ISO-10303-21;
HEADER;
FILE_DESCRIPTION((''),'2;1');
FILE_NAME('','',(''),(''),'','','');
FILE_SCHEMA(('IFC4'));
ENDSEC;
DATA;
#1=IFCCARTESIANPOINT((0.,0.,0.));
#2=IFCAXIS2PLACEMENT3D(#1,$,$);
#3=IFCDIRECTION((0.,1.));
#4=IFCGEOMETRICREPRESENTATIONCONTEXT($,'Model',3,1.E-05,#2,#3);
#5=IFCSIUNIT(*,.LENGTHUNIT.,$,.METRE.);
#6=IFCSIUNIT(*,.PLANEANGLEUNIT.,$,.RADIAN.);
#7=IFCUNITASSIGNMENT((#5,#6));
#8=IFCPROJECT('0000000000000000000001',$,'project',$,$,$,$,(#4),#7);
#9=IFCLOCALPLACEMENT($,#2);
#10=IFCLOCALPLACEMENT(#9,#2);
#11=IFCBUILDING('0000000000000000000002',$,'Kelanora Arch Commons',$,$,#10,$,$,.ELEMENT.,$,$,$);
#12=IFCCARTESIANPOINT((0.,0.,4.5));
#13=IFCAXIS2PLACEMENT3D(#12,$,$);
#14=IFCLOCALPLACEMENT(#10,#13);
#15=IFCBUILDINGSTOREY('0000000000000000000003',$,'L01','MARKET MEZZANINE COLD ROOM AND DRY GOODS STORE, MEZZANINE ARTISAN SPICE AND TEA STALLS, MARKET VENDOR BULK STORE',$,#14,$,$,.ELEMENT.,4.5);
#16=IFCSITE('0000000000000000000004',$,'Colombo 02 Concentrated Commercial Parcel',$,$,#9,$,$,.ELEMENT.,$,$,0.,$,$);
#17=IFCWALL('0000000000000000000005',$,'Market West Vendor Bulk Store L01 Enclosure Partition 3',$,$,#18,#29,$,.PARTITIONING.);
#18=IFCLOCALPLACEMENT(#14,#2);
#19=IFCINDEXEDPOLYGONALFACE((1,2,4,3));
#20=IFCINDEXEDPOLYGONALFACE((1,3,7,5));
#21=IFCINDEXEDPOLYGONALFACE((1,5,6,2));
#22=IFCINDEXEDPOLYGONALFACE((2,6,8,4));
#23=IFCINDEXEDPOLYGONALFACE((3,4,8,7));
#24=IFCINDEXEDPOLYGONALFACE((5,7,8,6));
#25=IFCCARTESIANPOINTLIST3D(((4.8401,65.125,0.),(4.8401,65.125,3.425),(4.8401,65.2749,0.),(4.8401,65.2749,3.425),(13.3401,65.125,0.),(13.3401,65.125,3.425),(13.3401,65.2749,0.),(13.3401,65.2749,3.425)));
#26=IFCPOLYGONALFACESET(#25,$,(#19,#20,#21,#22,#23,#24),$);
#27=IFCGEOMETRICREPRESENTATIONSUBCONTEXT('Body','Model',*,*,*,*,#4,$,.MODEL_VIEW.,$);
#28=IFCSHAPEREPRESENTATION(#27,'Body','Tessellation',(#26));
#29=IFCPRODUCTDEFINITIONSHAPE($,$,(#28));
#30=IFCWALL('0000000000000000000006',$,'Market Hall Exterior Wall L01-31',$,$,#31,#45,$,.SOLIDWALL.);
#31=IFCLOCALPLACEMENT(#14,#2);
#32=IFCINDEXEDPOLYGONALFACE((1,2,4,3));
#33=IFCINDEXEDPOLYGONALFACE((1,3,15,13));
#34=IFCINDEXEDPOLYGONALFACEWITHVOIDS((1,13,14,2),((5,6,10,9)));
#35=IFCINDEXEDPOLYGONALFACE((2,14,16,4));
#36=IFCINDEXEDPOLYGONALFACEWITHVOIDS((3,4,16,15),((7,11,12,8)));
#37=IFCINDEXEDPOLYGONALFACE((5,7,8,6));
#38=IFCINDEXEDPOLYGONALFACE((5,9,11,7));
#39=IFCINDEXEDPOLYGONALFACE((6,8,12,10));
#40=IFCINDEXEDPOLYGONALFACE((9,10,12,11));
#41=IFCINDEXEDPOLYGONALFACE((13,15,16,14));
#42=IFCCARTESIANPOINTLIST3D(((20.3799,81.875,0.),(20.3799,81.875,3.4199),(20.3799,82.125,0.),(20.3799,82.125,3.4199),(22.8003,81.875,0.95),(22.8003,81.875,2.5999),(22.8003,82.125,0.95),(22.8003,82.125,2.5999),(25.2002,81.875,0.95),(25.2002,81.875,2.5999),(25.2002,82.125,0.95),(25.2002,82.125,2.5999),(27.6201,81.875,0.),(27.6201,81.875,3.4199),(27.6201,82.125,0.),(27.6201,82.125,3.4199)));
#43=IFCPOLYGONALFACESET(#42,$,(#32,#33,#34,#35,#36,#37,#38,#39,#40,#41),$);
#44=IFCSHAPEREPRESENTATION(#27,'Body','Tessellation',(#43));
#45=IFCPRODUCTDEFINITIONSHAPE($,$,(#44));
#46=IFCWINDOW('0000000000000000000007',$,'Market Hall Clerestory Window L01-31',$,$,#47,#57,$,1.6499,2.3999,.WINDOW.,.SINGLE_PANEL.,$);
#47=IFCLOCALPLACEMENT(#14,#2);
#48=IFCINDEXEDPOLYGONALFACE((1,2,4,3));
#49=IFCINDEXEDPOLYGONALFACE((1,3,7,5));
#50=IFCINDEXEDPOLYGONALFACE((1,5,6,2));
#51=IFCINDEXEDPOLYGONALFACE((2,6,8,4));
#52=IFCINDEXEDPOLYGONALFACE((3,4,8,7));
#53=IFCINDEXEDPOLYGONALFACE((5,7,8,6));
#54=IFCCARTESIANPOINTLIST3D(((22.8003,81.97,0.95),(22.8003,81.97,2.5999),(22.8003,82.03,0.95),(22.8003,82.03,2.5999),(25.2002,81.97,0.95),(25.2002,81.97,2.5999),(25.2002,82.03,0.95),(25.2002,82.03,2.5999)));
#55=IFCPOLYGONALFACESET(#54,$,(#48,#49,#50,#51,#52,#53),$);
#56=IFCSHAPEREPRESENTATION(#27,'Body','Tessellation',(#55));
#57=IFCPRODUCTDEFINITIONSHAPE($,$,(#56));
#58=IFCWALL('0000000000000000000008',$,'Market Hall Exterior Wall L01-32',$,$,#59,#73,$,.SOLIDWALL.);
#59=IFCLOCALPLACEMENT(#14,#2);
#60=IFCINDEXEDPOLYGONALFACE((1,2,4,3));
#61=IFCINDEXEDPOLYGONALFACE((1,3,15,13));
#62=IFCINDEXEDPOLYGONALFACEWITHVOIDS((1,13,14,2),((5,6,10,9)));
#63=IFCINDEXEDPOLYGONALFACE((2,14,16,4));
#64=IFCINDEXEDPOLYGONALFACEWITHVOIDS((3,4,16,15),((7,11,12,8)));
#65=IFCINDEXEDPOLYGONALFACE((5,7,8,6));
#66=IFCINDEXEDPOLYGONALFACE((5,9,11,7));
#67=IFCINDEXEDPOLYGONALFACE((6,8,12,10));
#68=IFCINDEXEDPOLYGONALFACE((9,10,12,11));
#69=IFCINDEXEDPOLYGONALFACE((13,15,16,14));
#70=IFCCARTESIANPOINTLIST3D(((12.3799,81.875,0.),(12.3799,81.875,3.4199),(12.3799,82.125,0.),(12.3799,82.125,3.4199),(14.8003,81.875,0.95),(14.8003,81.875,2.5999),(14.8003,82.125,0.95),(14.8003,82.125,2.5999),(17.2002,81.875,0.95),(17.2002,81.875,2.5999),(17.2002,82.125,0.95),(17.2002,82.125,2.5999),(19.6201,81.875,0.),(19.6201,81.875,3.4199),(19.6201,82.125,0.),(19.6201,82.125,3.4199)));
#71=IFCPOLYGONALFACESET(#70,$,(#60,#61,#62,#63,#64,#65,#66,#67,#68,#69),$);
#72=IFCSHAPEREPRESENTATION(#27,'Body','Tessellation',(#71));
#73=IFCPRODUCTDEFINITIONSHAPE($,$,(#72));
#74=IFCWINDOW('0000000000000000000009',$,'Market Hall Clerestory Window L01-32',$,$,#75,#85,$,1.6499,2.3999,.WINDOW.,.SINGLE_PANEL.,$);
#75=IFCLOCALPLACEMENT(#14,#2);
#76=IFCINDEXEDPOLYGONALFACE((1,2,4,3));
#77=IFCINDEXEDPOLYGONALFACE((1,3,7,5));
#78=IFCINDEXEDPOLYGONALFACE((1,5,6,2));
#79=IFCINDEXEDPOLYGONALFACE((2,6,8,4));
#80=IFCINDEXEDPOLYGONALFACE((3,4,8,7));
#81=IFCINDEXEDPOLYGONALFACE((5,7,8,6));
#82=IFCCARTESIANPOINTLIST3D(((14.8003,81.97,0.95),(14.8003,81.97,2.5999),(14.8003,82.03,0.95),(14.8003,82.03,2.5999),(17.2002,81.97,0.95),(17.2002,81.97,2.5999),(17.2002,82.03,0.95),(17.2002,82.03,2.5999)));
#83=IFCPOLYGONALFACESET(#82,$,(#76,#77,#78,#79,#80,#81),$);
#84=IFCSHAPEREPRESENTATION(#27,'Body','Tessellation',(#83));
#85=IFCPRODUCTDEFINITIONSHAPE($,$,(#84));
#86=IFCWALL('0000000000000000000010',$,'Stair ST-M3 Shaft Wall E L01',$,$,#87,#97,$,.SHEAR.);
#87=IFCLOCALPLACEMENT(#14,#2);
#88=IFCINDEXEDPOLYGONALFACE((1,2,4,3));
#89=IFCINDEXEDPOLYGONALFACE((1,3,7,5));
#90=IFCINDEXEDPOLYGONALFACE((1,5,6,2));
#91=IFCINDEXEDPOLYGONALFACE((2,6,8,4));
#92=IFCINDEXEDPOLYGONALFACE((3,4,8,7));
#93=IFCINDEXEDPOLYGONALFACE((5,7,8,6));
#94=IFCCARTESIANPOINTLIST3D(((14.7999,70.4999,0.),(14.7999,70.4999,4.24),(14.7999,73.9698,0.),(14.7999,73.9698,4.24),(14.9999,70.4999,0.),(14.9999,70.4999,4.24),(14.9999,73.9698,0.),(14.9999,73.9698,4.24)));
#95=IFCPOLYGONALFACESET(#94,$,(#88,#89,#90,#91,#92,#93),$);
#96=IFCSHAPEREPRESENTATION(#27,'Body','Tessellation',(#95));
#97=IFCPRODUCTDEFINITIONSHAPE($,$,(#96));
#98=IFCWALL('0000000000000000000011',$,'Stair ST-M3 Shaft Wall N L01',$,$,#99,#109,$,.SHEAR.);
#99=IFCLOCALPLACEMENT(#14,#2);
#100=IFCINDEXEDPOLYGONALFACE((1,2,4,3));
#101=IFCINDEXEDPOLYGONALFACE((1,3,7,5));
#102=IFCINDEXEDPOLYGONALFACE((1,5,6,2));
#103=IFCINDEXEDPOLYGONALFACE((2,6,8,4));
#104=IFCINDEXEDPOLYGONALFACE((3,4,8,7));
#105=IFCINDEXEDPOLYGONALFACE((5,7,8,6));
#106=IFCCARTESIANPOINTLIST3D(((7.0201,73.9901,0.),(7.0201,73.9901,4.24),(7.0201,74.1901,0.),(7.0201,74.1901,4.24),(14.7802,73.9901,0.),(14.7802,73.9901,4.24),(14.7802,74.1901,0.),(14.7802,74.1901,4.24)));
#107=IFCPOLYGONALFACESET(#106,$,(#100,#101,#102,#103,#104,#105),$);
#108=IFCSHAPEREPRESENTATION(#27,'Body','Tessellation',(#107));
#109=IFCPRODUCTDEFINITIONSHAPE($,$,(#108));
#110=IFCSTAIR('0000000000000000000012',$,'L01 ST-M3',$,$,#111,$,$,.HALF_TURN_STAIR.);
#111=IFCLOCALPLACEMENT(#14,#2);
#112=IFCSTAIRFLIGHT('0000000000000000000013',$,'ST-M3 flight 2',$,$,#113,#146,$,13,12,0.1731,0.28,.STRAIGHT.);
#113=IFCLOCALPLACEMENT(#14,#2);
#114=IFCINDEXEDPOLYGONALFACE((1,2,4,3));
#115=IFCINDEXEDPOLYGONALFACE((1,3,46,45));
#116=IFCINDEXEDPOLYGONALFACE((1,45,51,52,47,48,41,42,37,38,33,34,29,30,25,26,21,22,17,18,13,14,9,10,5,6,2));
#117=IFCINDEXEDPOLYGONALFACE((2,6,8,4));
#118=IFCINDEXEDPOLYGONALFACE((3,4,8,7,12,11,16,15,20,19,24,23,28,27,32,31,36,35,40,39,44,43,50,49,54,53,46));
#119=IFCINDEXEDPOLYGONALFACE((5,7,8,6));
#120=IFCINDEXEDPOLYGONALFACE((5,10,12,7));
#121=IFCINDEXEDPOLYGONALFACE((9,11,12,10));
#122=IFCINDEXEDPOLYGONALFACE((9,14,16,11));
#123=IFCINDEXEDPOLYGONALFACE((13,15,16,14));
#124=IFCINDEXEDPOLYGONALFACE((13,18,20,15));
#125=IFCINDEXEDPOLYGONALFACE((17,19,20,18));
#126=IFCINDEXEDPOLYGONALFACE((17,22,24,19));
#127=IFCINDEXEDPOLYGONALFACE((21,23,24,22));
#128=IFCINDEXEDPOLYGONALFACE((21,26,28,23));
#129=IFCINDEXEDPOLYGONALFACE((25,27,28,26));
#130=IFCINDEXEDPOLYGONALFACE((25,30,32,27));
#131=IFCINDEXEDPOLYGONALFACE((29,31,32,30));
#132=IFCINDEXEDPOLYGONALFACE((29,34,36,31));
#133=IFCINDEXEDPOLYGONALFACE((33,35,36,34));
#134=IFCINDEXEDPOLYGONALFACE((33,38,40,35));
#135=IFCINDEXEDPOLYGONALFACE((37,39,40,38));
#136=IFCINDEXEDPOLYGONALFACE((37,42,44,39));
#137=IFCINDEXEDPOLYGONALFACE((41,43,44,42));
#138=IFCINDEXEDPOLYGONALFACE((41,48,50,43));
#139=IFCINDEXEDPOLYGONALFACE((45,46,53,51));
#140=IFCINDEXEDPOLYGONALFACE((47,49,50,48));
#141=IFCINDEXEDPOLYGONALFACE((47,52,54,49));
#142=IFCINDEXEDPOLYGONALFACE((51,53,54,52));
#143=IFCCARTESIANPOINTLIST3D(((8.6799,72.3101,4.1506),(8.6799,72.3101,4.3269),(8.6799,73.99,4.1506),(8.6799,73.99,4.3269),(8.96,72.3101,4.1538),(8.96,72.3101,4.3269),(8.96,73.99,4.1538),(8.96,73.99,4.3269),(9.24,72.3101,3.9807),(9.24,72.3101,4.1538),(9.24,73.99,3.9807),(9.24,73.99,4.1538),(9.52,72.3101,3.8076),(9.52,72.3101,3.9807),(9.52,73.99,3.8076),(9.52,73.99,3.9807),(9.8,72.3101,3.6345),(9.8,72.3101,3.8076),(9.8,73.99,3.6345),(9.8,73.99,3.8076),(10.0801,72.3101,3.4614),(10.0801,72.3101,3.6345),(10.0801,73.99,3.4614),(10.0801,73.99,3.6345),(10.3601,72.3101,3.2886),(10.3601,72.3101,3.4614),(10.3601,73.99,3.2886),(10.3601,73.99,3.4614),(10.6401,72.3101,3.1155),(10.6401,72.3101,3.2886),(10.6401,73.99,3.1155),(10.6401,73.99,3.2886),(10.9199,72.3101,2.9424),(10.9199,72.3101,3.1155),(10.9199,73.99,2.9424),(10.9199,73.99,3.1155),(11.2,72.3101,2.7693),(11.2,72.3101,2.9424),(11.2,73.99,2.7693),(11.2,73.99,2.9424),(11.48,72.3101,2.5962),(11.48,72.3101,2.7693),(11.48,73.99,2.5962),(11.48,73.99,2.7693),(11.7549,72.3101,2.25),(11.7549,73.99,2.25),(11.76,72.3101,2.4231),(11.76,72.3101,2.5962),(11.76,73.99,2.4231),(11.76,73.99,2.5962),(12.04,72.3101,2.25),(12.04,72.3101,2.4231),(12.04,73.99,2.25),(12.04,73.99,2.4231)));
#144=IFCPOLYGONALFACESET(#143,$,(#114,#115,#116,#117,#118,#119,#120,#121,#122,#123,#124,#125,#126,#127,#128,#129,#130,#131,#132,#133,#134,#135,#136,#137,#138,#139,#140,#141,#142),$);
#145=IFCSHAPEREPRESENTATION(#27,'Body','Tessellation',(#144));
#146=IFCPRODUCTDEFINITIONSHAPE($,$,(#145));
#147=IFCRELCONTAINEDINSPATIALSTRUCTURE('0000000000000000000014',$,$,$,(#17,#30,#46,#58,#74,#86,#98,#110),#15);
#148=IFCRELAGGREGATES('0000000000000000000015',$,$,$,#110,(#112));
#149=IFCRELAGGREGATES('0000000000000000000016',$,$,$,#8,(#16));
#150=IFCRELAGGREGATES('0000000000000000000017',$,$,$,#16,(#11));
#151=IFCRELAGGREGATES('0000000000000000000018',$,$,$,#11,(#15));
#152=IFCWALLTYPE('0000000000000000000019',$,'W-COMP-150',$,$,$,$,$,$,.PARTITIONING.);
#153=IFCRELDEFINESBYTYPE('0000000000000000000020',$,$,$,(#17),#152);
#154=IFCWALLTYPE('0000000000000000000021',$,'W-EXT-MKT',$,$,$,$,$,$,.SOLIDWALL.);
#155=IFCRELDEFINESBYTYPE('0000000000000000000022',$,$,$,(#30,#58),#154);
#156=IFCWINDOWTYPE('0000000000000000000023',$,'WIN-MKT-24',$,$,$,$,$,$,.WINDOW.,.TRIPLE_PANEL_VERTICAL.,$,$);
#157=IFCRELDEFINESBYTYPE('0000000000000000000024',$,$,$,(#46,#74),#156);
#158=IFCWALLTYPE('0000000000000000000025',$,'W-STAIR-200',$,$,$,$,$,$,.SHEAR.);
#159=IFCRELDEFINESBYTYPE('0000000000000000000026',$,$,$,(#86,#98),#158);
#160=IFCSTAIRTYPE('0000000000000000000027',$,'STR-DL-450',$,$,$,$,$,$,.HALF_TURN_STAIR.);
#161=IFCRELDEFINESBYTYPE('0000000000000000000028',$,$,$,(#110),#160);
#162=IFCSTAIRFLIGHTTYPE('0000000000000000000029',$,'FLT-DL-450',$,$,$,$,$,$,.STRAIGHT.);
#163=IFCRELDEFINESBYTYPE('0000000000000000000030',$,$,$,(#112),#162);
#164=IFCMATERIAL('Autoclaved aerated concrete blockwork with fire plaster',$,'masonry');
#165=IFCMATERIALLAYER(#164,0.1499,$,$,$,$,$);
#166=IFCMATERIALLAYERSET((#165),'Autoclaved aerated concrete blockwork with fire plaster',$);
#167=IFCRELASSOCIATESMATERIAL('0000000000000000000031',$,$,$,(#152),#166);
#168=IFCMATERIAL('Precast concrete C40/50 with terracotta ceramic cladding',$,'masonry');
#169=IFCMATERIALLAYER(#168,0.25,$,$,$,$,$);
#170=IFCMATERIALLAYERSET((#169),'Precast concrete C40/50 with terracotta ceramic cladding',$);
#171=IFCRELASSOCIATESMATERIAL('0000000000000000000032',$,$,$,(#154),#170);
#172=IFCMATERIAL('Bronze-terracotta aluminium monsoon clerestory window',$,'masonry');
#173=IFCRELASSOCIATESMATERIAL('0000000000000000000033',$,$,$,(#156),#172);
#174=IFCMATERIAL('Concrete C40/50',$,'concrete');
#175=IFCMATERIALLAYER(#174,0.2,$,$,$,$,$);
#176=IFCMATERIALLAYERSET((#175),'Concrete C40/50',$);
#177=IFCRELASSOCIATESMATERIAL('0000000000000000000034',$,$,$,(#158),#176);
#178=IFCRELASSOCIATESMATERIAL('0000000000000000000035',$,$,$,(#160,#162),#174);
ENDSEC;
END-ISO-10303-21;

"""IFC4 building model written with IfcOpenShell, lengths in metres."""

from ifc_helpers import new_model, si_unit, direction, frame, frame_2d, origin, place, context, subcontext, project, spatial, polyline, rectangle, outline, extrude, material, layer, layer_set, type_object, element, fill, aggregate, save


model = new_model("IFC4")

# Units and contexts
model_context = context("Model", 3, precision=1e-05, world=origin(), true_north=direction((0.0, 1.0)))
body_context = subcontext(model_context, "Body", "Model", "MODEL_VIEW")
ifc_project = project(units=[si_unit("LENGTHUNIT", "METRE"), si_unit("PLANEANGLEUNIT", "RADIAN")], contexts=[model_context])

# Site, building, storey
site_placement = place(None, origin())
site = spatial("IfcSite", under=ifc_project, at=site_placement, Name="Colombo 02 Concentrated Commercial Parcel", CompositionType="ELEMENT", RefElevation=0.0)
building_placement = place(site_placement, origin())
building = spatial("IfcBuilding", under=site, at=building_placement, Name="Kelanora Arch Commons", CompositionType="ELEMENT")
storey_placement = place(building_placement, frame((0.0, 0.0, 4.5)))
storey = spatial("IfcBuildingStorey", under=building, at=storey_placement, Name="L01", Description="MARKET MEZZANINE COLD ROOM AND DRY GOODS STORE, MEZZANINE ARTISAN SPICE AND TEA STALLS, MARKET VENDOR BULK STORE", CompositionType="ELEMENT", Elevation=4.5)

# Shared definitions
ifc_material_1 = material(Name="Concrete C40/50", Category="concrete")

# Wall
ifc_material_2 = material(Name="Autoclaved aerated concrete blockwork with fire plaster", Category="masonry")
ifc_layer_1 = layer(ifc_material_2, 0.1499)
ifc_layer_set_1 = layer_set([ifc_layer_1], Name="Autoclaved aerated concrete blockwork with fire plaster")
wall_type_1 = type_object("IfcWallType", Name="W-COMP-150", PredefinedType="PARTITIONING", material=ifc_layer_set_1)
wall_1_placement = place(storey_placement, frame((13.3401, 65.2, 0.0), z_axis=(0.0, 0.0, 1.0), x_axis=(-1.0, 0.0, 0.0)))
element("IfcWall", 1, at=wall_1_placement, inside=storey, type_object=wall_type_1, Name="Market West Vendor Bulk Store L01 Enclosure Partition 3", PredefinedType="PARTITIONING", context=body_context, shape_type="SweptSolid", body=[
    extrude(rectangle(XDim=8.5, YDim=0.1499, at=frame_2d((4.25, 0.0))), origin(), (0.0, 0.0, 1.0), 3.425),
])

# Walls, openings, windows
ifc_material_3 = material(Name="Precast concrete C40/50 with terracotta ceramic cladding", Category="masonry")
ifc_layer_2 = layer(ifc_material_3, 0.25)
ifc_layer_set_2 = layer_set([ifc_layer_2], Name="Precast concrete C40/50 with terracotta ceramic cladding")
wall_type_2 = type_object("IfcWallType", Name="W-EXT-MKT", PredefinedType="SOLIDWALL", material=ifc_layer_set_2)
wall_2_placement = place(storey_placement, frame((27.6201, 82.0, 0.0), z_axis=(0.0, 0.0, 1.0), x_axis=(-1.0, 0.0, 0.0)))
wall_2 = element("IfcWall", 2, at=wall_2_placement, inside=storey, type_object=wall_type_2, Name="Market Hall Exterior Wall L01-31", PredefinedType="SOLIDWALL", context=body_context, shape_type="SweptSolid", body=[
    extrude(rectangle(XDim=7.2402, YDim=0.25, at=frame_2d((3.6201, 0.0))), origin(), (0.0, 0.0, 1.0), 3.4199),
])
opening_1_placement = place(wall_2_placement, frame((2.4199, 0.0, 0.95)))
opening_1 = element("IfcOpeningElement", 3, at=opening_1_placement, cuts=wall_2, PredefinedType="OPENING", context=body_context, shape_type="SweptSolid", body=[
    extrude(rectangle(XDim=2.3999, YDim=1.6499, at=frame_2d((1.2, 0.825))), frame((0.0, 0.135, 0.0), z_axis=(0.0, -1.0, 0.0), x_axis=(1.0, 0.0, 0.0)), (0.0, 0.0, 1.0), 0.27),
])
ifc_material_4 = material(Name="Bronze-terracotta aluminium monsoon clerestory window", Category="masonry")
window_type = type_object("IfcWindowType", Name="WIN-MKT-24", PartitioningType="TRIPLE_PANEL_VERTICAL", PredefinedType="WINDOW", material=ifc_material_4)
window_1_placement = place(opening_1_placement, origin())
window_1 = element("IfcWindow", 4, at=window_1_placement, inside=storey, type_object=window_type, Name="Market Hall Clerestory Window L01-31", OverallHeight=1.6499, OverallWidth=2.3999, PartitioningType="SINGLE_PANEL", PredefinedType="WINDOW", context=body_context, shape_type="SweptSolid", body=[
    extrude(rectangle(XDim=2.3999, YDim=1.6499, at=frame_2d((1.2, 0.825))), frame((0.0, 0.03, 0.0), z_axis=(0.0, -1.0, 0.0), x_axis=(1.0, 0.0, 0.0)), (0.0, 0.0, 1.0), 0.0601),
])
fill(opening_1, window_1)
wall_3_placement = place(storey_placement, frame((19.6201, 82.0, 0.0), z_axis=(0.0, 0.0, 1.0), x_axis=(-1.0, 0.0, 0.0)))
wall_3 = element("IfcWall", 5, at=wall_3_placement, inside=storey, type_object=wall_type_2, Name="Market Hall Exterior Wall L01-32", PredefinedType="SOLIDWALL", context=body_context, shape_type="SweptSolid", body=[
    extrude(rectangle(XDim=7.2402, YDim=0.25, at=frame_2d((3.6201, 0.0))), origin(), (0.0, 0.0, 1.0), 3.4199),
])
opening_2_placement = place(wall_3_placement, frame((2.4199, 0.0, 0.95)))
opening_2 = element("IfcOpeningElement", 6, at=opening_2_placement, cuts=wall_3, PredefinedType="OPENING", context=body_context, shape_type="SweptSolid", body=[
    extrude(rectangle(XDim=2.3999, YDim=1.6499, at=frame_2d((1.2, 0.825))), frame((0.0, 0.135, 0.0), z_axis=(0.0, -1.0, 0.0), x_axis=(1.0, 0.0, 0.0)), (0.0, 0.0, 1.0), 0.27),
])
window_2_placement = place(opening_2_placement, origin())
window_2 = element("IfcWindow", 7, at=window_2_placement, inside=storey, type_object=window_type, Name="Market Hall Clerestory Window L01-32", OverallHeight=1.6499, OverallWidth=2.3999, PartitioningType="SINGLE_PANEL", PredefinedType="WINDOW", context=body_context, shape_type="SweptSolid", body=[
    extrude(rectangle(XDim=2.3999, YDim=1.6499, at=frame_2d((1.2, 0.825))), frame((0.0, 0.03, 0.0), z_axis=(0.0, -1.0, 0.0), x_axis=(1.0, 0.0, 0.0)), (0.0, 0.0, 1.0), 0.0601),
])
fill(opening_2, window_2)

# Walls
ifc_layer_3 = layer(ifc_material_1, 0.2)
ifc_layer_set_3 = layer_set([ifc_layer_3], Name="Concrete C40/50")
wall_type_3 = type_object("IfcWallType", Name="W-STAIR-200", PredefinedType="SHEAR", material=ifc_layer_set_3)
wall_4_placement = place(storey_placement, frame((14.8999, 70.5, 0.0), z_axis=(0.0, 0.0, 1.0), x_axis=(0.0, 1.0, 0.0)))
element("IfcWall", 8, at=wall_4_placement, inside=storey, type_object=wall_type_3, Name="Stair ST-M3 Shaft Wall E L01", PredefinedType="SHEAR", context=body_context, shape_type="SweptSolid", body=[
    extrude(rectangle(XDim=3.47, YDim=0.2, at=frame_2d((1.7349, 0.0))), origin(), (0.0, 0.0, 1.0), 4.24),
])
wall_5_placement = place(storey_placement, frame((14.78, 74.0901, 0.0), z_axis=(0.0, 0.0, 1.0), x_axis=(-1.0, 0.0, 0.0)))
element("IfcWall", 9, at=wall_5_placement, inside=storey, type_object=wall_type_3, Name="Stair ST-M3 Shaft Wall N L01", PredefinedType="SHEAR", context=body_context, shape_type="SweptSolid", body=[
    extrude(rectangle(XDim=7.76, YDim=0.2, at=frame_2d((3.8799, 0.0))), origin(), (0.0, 0.0, 1.0), 4.24),
])

# Stair, stair flight
stair_type = type_object("IfcStairType", Name="STR-DL-450", PredefinedType="HALF_TURN_STAIR", material=ifc_material_1)
stair_placement = place(storey_placement, origin())
stair = element("IfcStair", 10, at=stair_placement, inside=storey, type_object=stair_type, Name="L01 ST-M3", PredefinedType="HALF_TURN_STAIR")
stair_flight_type = type_object("IfcStairFlightType", Name="FLT-DL-450", PredefinedType="STRAIGHT", material=ifc_material_1)
stair_flight_placement = place(storey_placement, frame((12.04, 73.1499, 2.25), z_axis=(0.0, 0.0, 1.0), x_axis=(-1.0, 0.0, 0.0)))
stair_flight = element("IfcStairFlight", 11, at=stair_flight_placement, type_object=stair_flight_type, Name="ST-M3 flight 2", NumberOfRisers=13, NumberOfTreads=12, PredefinedType="STRAIGHT", RiserHeight=0.1731, TreadLength=0.28, context=body_context, shape_type="SweptSolid", body=[
    extrude(outline(polyline([(0.0, 0.0), (0.0, 0.1731), (0.28, 0.1731), (0.28, 0.3462), (0.5601, 0.3462), (0.5601, 0.5193), (0.8401, 0.5193), (0.8401, 0.6924), (1.1201, 0.6924), (1.1201, 0.8655), (1.3999, 0.8655), (1.3999, 1.0386), (1.6799, 1.0386), (1.6799, 1.2114), (1.96, 1.2114), (1.96, 1.3845), (2.24, 1.3845), (2.24, 1.5576), (2.52, 1.5576), (2.52, 1.7307), (2.8, 1.7307), (2.8, 1.9038), (3.0801, 1.9038), (3.0801, 2.0769), (3.3601, 2.0769), (3.3601, 2.25), (3.3601, 1.9006), (0.2852, 0.0), (0.0, 0.0)])), frame((0.0, 0.8398, 0.0), z_axis=(0.0, -1.0, 0.0), x_axis=(1.0, 0.0, 0.0)), (0.0, 0.0, 1.0), 1.6799),
])
aggregate(stair, [stair_flight])

save(model, "model.ifc")
